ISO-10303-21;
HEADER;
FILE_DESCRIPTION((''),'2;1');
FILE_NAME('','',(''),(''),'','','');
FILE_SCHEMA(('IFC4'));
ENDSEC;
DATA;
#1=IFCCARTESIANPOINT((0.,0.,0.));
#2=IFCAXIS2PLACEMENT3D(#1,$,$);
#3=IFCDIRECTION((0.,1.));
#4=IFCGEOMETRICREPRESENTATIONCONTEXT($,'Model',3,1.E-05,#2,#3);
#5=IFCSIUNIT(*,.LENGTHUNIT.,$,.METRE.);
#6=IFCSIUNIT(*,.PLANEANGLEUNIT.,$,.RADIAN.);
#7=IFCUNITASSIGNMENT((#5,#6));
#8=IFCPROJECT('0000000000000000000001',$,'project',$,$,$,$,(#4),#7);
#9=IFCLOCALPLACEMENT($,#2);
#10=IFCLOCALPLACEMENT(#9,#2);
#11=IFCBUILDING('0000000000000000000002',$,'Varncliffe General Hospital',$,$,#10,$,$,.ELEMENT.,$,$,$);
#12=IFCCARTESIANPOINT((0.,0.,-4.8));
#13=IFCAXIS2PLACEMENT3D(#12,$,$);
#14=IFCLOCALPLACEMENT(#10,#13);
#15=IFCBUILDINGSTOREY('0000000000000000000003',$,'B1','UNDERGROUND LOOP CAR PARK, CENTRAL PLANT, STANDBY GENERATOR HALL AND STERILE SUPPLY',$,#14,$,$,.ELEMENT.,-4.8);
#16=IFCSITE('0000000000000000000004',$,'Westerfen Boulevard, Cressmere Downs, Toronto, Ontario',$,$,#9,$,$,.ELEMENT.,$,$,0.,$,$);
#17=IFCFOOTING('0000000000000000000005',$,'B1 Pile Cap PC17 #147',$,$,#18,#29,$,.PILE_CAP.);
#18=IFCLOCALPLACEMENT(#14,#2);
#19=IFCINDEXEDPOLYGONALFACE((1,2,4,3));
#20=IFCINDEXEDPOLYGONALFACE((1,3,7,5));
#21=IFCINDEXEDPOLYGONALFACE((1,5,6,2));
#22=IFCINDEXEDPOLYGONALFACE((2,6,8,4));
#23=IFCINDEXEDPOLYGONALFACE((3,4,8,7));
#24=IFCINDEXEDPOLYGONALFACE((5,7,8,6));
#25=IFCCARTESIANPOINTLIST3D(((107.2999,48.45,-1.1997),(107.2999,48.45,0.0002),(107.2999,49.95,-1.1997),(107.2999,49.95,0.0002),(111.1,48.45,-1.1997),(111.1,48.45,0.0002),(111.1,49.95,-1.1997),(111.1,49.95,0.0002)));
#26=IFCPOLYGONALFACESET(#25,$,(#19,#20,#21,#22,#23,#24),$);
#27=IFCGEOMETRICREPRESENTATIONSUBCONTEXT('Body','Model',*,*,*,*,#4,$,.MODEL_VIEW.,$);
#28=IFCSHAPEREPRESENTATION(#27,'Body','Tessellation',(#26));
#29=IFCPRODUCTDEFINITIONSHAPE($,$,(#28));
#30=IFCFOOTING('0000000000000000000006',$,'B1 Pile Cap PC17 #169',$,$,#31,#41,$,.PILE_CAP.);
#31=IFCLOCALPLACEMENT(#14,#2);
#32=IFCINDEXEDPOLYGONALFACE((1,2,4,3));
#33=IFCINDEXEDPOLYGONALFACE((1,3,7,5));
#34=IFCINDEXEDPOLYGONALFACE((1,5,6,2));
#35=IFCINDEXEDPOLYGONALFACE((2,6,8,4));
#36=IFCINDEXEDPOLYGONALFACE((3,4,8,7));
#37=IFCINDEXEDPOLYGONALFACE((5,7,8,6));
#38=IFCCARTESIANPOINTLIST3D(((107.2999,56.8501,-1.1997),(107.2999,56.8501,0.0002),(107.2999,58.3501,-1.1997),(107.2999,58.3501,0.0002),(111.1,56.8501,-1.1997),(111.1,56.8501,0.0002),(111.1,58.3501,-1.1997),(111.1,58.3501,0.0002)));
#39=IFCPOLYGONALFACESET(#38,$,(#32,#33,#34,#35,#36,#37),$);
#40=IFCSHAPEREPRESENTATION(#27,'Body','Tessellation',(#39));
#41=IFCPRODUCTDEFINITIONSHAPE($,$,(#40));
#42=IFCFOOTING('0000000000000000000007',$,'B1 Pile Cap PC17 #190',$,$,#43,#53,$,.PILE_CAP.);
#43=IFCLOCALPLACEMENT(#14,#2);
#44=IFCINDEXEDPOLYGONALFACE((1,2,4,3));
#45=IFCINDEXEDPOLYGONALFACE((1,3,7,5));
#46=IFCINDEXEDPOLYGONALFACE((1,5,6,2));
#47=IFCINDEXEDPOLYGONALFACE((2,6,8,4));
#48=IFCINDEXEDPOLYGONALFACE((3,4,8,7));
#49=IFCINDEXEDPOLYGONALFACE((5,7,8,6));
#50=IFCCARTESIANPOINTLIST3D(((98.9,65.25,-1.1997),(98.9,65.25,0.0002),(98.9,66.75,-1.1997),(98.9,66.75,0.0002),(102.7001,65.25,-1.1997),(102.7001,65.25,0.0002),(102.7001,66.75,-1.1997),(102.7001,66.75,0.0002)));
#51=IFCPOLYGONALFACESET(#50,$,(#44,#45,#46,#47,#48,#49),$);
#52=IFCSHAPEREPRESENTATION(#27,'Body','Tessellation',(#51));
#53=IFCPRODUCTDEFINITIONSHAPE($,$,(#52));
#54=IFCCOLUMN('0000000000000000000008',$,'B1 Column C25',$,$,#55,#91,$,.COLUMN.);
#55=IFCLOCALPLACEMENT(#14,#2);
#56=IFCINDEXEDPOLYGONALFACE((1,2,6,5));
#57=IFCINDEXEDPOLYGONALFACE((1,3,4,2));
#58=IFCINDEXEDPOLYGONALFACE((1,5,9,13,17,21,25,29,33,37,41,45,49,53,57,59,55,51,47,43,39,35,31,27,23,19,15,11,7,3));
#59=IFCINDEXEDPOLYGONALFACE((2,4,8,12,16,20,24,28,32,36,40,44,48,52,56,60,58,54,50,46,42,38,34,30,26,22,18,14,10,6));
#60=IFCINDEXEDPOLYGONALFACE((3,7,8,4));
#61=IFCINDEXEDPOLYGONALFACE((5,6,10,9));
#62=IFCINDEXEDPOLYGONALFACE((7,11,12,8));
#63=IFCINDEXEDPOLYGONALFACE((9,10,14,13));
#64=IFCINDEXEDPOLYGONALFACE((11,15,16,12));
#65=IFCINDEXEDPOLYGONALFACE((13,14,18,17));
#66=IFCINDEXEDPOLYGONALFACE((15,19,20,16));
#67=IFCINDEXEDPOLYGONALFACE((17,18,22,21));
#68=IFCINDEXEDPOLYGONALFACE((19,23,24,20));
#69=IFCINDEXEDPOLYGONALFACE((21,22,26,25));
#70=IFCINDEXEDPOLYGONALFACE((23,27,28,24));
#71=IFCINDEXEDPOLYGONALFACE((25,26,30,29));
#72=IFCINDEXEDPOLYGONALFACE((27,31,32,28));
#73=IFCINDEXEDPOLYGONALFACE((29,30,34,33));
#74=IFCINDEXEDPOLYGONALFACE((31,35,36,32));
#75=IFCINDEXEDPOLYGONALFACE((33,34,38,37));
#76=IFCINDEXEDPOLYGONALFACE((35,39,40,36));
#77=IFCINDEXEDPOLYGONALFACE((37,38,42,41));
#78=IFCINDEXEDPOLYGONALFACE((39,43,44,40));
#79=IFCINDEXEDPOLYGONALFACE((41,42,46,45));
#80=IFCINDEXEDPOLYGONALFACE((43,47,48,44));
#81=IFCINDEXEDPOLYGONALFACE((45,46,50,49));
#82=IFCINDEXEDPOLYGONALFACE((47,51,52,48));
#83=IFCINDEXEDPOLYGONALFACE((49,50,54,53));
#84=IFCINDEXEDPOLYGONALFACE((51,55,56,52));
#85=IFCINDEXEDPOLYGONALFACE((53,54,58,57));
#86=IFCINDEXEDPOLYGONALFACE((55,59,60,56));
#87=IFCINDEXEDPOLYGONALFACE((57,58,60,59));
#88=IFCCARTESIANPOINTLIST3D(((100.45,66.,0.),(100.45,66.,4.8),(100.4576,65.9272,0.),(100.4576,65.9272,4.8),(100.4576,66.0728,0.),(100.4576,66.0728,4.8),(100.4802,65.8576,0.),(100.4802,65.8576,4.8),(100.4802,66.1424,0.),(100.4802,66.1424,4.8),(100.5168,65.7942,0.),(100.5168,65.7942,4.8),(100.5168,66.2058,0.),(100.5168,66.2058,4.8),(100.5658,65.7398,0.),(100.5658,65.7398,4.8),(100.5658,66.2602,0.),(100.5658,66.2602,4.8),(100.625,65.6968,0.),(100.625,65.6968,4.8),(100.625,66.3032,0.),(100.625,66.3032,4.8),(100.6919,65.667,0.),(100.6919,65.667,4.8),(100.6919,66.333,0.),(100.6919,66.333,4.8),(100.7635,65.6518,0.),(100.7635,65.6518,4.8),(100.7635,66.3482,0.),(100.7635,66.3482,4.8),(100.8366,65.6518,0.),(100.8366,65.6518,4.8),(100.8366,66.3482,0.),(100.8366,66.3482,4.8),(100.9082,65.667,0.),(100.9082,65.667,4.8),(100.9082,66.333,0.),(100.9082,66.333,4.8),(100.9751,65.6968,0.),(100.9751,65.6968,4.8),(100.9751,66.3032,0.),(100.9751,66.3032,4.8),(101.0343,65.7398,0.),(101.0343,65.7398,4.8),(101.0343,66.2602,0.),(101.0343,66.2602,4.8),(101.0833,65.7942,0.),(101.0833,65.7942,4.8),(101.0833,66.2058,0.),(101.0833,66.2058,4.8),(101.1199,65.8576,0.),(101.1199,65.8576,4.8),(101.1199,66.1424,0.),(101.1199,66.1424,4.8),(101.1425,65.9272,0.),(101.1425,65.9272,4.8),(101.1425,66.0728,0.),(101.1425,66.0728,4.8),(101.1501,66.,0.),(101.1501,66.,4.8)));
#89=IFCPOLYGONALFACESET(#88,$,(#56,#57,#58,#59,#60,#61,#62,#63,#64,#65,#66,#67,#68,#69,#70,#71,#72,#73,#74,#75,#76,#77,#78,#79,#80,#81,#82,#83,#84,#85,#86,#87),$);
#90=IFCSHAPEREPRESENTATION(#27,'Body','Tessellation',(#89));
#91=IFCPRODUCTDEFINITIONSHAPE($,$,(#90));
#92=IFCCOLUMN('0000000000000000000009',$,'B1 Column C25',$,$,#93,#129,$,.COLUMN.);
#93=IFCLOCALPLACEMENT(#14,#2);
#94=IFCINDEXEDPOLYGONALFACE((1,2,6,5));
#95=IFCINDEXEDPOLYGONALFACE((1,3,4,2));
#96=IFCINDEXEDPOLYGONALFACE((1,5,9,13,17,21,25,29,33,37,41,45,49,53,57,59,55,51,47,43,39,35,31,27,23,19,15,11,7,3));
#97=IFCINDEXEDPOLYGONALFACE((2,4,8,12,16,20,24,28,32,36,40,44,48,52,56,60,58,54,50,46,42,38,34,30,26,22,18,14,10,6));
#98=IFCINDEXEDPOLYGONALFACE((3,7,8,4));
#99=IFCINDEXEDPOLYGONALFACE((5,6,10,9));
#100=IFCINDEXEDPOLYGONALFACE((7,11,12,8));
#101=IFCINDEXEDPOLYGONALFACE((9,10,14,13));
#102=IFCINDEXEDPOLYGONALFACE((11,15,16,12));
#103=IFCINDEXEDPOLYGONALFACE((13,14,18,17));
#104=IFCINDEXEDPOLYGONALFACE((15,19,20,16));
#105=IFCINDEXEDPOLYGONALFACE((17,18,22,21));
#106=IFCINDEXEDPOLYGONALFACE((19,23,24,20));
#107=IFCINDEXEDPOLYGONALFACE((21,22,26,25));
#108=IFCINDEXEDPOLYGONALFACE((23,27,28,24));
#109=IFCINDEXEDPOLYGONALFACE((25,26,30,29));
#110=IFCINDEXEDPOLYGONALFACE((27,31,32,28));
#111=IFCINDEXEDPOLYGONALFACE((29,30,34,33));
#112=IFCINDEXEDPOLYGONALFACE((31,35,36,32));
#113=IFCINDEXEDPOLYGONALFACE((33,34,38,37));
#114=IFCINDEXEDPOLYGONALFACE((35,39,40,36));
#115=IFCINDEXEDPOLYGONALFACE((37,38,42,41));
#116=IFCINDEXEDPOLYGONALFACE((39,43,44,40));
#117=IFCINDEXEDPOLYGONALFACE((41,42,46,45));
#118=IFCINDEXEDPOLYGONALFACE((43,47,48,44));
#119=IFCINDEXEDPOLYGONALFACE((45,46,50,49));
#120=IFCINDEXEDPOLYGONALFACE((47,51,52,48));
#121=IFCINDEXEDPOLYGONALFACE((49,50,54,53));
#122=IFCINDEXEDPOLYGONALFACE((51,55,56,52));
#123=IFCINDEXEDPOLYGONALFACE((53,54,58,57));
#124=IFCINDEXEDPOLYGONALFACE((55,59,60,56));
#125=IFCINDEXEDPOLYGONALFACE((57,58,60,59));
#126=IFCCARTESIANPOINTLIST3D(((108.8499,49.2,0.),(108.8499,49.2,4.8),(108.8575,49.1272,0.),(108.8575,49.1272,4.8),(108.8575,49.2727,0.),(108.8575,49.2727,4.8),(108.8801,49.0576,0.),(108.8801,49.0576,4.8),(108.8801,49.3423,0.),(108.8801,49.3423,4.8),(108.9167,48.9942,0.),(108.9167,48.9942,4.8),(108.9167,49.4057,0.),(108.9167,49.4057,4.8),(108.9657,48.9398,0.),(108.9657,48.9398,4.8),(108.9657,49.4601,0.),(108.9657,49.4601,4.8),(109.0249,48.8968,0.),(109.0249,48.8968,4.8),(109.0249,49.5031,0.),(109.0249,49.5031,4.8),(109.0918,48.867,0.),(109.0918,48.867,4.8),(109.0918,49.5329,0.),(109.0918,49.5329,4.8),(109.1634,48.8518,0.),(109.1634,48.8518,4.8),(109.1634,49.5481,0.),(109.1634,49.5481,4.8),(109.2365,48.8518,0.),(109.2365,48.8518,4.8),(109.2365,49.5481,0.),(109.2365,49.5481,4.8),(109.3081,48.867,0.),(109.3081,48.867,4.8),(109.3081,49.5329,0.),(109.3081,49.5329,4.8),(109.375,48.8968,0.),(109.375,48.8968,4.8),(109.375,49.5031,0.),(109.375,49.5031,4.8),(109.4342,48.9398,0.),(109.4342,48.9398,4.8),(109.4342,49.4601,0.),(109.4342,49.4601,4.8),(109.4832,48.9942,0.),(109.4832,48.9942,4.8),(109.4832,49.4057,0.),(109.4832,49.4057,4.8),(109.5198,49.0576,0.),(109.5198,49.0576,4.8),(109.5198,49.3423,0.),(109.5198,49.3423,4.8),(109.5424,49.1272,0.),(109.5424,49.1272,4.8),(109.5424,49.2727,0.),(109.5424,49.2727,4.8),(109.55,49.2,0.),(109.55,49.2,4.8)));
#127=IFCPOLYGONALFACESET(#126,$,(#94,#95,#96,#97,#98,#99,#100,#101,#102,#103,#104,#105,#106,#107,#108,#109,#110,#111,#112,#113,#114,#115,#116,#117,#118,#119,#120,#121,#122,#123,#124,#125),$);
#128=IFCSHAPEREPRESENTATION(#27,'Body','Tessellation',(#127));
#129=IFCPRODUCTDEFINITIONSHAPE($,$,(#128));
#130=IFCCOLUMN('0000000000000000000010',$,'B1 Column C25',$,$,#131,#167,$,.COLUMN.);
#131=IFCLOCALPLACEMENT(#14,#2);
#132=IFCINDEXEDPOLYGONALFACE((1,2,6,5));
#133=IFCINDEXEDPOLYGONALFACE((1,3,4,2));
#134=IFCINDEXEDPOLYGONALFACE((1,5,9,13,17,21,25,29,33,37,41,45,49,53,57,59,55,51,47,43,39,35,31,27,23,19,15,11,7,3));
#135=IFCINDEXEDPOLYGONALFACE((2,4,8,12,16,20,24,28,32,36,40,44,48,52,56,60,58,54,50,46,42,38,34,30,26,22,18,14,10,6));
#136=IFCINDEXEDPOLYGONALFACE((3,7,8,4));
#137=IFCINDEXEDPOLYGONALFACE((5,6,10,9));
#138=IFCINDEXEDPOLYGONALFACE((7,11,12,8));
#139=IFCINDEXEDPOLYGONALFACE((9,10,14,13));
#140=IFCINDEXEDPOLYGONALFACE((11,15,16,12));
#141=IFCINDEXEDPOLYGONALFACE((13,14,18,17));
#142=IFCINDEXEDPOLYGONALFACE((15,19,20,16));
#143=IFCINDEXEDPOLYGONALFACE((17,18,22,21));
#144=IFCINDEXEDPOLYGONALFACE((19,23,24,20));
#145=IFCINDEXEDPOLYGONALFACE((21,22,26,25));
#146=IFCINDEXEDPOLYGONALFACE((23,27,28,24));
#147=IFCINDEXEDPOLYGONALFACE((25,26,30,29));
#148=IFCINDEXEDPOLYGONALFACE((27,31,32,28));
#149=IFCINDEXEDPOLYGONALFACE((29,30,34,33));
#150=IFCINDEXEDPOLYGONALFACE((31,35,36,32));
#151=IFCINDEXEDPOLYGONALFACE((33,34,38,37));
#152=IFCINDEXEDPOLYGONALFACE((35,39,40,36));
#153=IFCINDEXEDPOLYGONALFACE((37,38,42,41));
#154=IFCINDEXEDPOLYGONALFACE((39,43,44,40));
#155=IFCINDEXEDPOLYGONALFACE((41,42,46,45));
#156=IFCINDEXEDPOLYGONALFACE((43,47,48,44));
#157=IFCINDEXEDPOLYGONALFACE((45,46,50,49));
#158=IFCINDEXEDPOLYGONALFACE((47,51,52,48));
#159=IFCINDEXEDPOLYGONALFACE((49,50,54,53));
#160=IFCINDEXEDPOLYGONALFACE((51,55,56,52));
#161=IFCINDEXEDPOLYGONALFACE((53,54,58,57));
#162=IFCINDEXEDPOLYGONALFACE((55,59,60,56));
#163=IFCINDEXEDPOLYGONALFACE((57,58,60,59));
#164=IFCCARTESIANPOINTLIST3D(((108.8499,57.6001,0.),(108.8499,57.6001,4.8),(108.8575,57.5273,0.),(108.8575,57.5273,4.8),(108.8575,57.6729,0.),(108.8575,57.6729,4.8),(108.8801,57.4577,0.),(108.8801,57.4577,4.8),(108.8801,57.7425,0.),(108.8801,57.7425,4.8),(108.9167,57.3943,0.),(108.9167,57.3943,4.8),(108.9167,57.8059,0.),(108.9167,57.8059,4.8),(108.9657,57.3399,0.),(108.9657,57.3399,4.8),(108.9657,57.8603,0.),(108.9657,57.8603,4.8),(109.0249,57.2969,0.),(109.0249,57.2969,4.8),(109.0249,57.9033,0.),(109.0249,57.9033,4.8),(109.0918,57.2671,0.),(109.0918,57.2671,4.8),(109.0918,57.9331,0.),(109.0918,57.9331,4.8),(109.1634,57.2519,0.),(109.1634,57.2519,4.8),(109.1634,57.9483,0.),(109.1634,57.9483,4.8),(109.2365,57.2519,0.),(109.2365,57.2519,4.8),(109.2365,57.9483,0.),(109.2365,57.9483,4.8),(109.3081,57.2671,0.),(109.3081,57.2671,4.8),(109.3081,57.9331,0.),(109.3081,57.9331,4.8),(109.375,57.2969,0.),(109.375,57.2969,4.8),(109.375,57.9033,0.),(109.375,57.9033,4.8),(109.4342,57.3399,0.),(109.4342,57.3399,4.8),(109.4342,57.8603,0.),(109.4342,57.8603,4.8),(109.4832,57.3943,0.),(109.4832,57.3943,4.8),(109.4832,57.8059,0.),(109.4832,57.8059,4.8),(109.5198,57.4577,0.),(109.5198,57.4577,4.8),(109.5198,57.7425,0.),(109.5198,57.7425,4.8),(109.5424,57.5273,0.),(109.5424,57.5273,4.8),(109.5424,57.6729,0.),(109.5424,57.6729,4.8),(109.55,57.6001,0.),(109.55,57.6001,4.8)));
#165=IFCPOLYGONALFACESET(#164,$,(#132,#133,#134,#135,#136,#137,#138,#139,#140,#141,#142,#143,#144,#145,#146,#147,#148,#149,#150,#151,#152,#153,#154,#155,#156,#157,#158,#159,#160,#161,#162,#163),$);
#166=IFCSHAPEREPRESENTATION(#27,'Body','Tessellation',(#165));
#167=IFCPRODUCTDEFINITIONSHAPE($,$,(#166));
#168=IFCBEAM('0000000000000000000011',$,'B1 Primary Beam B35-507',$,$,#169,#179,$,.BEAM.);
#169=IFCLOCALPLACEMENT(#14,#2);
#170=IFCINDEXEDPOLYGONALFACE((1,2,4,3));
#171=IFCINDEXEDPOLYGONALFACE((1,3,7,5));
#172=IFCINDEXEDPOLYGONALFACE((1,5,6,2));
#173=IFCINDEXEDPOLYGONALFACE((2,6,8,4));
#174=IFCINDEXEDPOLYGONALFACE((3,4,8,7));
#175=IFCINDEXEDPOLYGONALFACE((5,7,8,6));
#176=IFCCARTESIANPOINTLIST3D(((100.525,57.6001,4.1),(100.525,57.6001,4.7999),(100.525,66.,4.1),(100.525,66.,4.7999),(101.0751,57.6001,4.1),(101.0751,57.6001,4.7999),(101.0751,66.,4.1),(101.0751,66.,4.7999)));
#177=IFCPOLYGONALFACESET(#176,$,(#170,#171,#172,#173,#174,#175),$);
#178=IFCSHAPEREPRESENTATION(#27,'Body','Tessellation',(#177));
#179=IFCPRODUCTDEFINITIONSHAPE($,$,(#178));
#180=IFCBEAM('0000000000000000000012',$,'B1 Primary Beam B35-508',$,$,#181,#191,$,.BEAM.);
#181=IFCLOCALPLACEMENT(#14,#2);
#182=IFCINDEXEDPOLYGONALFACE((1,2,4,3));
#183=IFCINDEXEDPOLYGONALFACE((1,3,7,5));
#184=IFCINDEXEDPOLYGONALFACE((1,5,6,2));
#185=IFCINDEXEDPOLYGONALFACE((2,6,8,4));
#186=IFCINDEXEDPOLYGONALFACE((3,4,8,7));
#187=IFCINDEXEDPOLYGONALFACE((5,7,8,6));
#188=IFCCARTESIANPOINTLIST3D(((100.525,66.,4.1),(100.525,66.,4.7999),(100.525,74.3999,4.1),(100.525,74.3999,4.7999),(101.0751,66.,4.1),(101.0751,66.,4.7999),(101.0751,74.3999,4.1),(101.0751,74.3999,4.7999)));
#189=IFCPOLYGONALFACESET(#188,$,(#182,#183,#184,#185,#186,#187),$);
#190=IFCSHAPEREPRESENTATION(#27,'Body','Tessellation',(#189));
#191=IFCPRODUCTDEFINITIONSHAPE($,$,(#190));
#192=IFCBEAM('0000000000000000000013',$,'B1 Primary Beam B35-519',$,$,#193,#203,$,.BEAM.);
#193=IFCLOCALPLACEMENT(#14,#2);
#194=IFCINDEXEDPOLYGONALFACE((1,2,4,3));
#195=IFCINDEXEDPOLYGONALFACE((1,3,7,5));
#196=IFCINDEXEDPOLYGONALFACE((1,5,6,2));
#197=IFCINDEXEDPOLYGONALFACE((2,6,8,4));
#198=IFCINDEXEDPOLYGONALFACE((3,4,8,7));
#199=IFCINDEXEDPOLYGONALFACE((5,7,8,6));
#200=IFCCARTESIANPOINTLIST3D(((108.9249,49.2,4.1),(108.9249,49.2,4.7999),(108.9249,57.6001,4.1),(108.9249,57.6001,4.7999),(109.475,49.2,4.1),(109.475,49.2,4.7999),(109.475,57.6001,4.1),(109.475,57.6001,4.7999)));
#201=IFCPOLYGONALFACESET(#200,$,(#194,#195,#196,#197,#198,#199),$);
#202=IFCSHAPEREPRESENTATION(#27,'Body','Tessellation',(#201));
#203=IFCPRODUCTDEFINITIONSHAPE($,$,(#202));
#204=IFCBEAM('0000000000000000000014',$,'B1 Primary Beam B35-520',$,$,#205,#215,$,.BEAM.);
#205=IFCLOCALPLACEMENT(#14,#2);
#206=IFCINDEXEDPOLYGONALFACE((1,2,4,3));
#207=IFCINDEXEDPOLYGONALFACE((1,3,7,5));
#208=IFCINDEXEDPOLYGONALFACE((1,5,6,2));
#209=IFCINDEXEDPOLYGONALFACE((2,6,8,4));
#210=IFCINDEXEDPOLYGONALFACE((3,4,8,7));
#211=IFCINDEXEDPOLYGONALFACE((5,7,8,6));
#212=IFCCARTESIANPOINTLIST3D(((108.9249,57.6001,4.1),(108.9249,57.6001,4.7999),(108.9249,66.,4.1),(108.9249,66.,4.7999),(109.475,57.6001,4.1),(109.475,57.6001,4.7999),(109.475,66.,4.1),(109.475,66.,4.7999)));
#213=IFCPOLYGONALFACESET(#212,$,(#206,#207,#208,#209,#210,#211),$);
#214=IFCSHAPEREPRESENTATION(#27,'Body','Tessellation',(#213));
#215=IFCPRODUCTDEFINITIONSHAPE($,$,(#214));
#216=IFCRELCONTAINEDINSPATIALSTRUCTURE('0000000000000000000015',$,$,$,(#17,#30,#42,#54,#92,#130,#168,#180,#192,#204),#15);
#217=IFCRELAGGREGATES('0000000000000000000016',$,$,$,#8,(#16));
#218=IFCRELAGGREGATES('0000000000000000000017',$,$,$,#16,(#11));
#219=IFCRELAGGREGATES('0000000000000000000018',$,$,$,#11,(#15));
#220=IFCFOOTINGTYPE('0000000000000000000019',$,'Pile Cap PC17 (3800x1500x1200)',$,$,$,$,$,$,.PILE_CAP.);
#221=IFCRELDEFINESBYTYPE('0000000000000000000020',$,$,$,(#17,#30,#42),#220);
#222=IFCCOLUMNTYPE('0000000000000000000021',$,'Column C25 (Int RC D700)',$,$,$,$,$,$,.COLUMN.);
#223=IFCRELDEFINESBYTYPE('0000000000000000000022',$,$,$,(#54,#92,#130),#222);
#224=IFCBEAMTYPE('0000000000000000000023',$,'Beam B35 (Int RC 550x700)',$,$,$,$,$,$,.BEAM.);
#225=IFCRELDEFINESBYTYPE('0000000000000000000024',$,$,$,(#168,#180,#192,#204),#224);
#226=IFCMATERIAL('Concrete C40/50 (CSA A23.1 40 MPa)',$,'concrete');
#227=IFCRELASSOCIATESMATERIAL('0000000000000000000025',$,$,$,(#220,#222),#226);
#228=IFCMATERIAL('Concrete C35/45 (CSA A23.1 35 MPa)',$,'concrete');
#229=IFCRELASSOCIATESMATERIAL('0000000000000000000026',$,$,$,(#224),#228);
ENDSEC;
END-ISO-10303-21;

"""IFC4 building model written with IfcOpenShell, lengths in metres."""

from ifc_helpers import new_model, si_unit, direction, frame, origin, origin_2d, place, context, subcontext, project, spatial, rectangle, circle, extrude, material, material_profile, profile_set, type_object, element, save


model = new_model("IFC4")

# Units and contexts
model_context = context("Model", 3, precision=1e-05, world=origin(), true_north=direction((0.0, 1.0)))
body_context = subcontext(model_context, "Body", "Model", "MODEL_VIEW")
ifc_project = project(units=[si_unit("LENGTHUNIT", "METRE"), si_unit("PLANEANGLEUNIT", "RADIAN")], contexts=[model_context])

# Site, building, storey
site_placement = place(None, origin())
site = spatial("IfcSite", under=ifc_project, at=site_placement, Name="Westerfen Boulevard, Cressmere Downs, Toronto, Ontario", CompositionType="ELEMENT", RefElevation=0.0)
building_placement = place(site_placement, origin())
building = spatial("IfcBuilding", under=site, at=building_placement, Name="Varncliffe General Hospital", CompositionType="ELEMENT")
storey_placement = place(building_placement, frame((0.0, 0.0, -4.8)))
storey = spatial("IfcBuildingStorey", under=building, at=storey_placement, Name="B1", Description="UNDERGROUND LOOP CAR PARK, CENTRAL PLANT, STANDBY GENERATOR HALL AND STERILE SUPPLY", CompositionType="ELEMENT", Elevation=-4.8)

# Shared definitions
ifc_material_1 = material(Name="Concrete C40/50 (CSA A23.1 40 MPa)", Category="concrete")

# Footings
footing_type = type_object("IfcFootingType", Name="Pile Cap PC17 (3800x1500x1200)", PredefinedType="PILE_CAP", material=ifc_material_1)
for number, where, z_axis, x_axis, name in (
    (1, (109.2, 49.2, -1.1997), (0.0, 0.0, 1.0), (1.0, 0.0, 0.0), "B1 Pile Cap PC17 #147"),
    (2, (109.2, 57.6001, -1.1997), (0.0, 0.0, 1.0), (1.0, 0.0, 0.0), "B1 Pile Cap PC17 #169"),
    (3, (100.8, 66.0, -1.1997), (0.0, 0.0, 1.0), (1.0, 0.0, 0.0), "B1 Pile Cap PC17 #190"),
):
    element("IfcFooting", number, at=place(storey_placement, frame(where, z_axis=z_axis, x_axis=x_axis)), inside=storey, type_object=footing_type, Name=name, PredefinedType="PILE_CAP", context=body_context, shape_type="SweptSolid", body=[
        extrude(rectangle(XDim=3.8, YDim=1.5, at=origin_2d()), origin(), (0.0, 0.0, 1.0), 1.2),
    ])

# Columns
ifc_material_profile_1 = material_profile(ifc_material_1, circle(Radius=0.3501, at=origin_2d()), Name="RC D700")
ifc_profile_set_1 = profile_set([ifc_material_profile_1], Name="Concrete C40/50 (CSA A23.1 40 MPa)")
column_type = type_object("IfcColumnType", Name="Column C25 (Int RC D700)", PredefinedType="COLUMN", material=ifc_profile_set_1)
for number, where, z_axis, x_axis, name in (
    (4, (100.8, 66.0, 0.0), (0.0, 0.0, 1.0), (1.0, 0.0, 0.0), "B1 Column C25"),
    (5, (109.2, 49.2, 0.0), (0.0, 0.0, 1.0), (1.0, 0.0, 0.0), "B1 Column C25"),
    (6, (109.2, 57.6001, 0.0), (0.0, 0.0, 1.0), (1.0, 0.0, 0.0), "B1 Column C25"),
):
    element("IfcColumn", number, at=place(storey_placement, frame(where, z_axis=z_axis, x_axis=x_axis)), inside=storey, type_object=column_type, Name=name, PredefinedType="COLUMN", context=body_context, shape_type="SweptSolid", body=[
        extrude(circle(Radius=0.3501, at=origin_2d()), origin(), (0.0, 0.0, 1.0), 4.8),
    ])

# Beams
ifc_material_2 = material(Name="Concrete C35/45 (CSA A23.1 35 MPa)", Category="concrete")
ifc_material_profile_2 = material_profile(ifc_material_2, rectangle(XDim=0.55, YDim=0.7, at=origin_2d()), Name="RC 550x700")
ifc_profile_set_2 = profile_set([ifc_material_profile_2], Name="Concrete C35/45 (CSA A23.1 35 MPa)")
beam_type_1 = type_object("IfcBeamType", Name="Beam B35 (Int RC 550x700)", PredefinedType="BEAM", material=ifc_profile_set_2)
for number, where, z_axis, x_axis, name in (
    (7, (100.8, 57.6001, 4.45), (0.0, 1.0, 0.0), (-1.0, 0.0, 0.0), "B1 Primary Beam B35-507"),
    (8, (100.8, 66.0, 4.45), (0.0, 1.0, 0.0), (-1.0, 0.0, 0.0), "B1 Primary Beam B35-508"),
):
    element("IfcBeam", number, at=place(storey_placement, frame(where, z_axis=z_axis, x_axis=x_axis)), inside=storey, type_object=beam_type_1, Name=name, PredefinedType="BEAM", context=body_context, shape_type="SweptSolid", body=[
        extrude(rectangle(XDim=0.55, YDim=0.7, at=origin_2d()), origin(), (0.0, 0.0, 1.0), 8.3999),
    ])
beam_1_placement = place(storey_placement, frame((109.2, 49.2, 4.45), z_axis=(0.0, 1.0, 0.0), x_axis=(-1.0, 0.0, 0.0)))
element("IfcBeam", 9, at=beam_1_placement, inside=storey, type_object=beam_type_1, Name="B1 Primary Beam B35-519", PredefinedType="BEAM", context=body_context, shape_type="SweptSolid", body=[
    extrude(rectangle(XDim=0.55, YDim=0.7, at=origin_2d()), origin(), (0.0, 0.0, 1.0), 8.4001),
])
beam_2_placement = place(storey_placement, frame((109.2, 57.6001, 4.45), z_axis=(0.0, 1.0, 0.0), x_axis=(-1.0, 0.0, 0.0)))
element("IfcBeam", 10, at=beam_2_placement, inside=storey, type_object=beam_type_1, Name="B1 Primary Beam B35-520", PredefinedType="BEAM", context=body_context, shape_type="SweptSolid", body=[
    extrude(rectangle(XDim=0.55, YDim=0.7, at=origin_2d()), origin(), (0.0, 0.0, 1.0), 8.3999),
])

save(model, "model.ifc")
